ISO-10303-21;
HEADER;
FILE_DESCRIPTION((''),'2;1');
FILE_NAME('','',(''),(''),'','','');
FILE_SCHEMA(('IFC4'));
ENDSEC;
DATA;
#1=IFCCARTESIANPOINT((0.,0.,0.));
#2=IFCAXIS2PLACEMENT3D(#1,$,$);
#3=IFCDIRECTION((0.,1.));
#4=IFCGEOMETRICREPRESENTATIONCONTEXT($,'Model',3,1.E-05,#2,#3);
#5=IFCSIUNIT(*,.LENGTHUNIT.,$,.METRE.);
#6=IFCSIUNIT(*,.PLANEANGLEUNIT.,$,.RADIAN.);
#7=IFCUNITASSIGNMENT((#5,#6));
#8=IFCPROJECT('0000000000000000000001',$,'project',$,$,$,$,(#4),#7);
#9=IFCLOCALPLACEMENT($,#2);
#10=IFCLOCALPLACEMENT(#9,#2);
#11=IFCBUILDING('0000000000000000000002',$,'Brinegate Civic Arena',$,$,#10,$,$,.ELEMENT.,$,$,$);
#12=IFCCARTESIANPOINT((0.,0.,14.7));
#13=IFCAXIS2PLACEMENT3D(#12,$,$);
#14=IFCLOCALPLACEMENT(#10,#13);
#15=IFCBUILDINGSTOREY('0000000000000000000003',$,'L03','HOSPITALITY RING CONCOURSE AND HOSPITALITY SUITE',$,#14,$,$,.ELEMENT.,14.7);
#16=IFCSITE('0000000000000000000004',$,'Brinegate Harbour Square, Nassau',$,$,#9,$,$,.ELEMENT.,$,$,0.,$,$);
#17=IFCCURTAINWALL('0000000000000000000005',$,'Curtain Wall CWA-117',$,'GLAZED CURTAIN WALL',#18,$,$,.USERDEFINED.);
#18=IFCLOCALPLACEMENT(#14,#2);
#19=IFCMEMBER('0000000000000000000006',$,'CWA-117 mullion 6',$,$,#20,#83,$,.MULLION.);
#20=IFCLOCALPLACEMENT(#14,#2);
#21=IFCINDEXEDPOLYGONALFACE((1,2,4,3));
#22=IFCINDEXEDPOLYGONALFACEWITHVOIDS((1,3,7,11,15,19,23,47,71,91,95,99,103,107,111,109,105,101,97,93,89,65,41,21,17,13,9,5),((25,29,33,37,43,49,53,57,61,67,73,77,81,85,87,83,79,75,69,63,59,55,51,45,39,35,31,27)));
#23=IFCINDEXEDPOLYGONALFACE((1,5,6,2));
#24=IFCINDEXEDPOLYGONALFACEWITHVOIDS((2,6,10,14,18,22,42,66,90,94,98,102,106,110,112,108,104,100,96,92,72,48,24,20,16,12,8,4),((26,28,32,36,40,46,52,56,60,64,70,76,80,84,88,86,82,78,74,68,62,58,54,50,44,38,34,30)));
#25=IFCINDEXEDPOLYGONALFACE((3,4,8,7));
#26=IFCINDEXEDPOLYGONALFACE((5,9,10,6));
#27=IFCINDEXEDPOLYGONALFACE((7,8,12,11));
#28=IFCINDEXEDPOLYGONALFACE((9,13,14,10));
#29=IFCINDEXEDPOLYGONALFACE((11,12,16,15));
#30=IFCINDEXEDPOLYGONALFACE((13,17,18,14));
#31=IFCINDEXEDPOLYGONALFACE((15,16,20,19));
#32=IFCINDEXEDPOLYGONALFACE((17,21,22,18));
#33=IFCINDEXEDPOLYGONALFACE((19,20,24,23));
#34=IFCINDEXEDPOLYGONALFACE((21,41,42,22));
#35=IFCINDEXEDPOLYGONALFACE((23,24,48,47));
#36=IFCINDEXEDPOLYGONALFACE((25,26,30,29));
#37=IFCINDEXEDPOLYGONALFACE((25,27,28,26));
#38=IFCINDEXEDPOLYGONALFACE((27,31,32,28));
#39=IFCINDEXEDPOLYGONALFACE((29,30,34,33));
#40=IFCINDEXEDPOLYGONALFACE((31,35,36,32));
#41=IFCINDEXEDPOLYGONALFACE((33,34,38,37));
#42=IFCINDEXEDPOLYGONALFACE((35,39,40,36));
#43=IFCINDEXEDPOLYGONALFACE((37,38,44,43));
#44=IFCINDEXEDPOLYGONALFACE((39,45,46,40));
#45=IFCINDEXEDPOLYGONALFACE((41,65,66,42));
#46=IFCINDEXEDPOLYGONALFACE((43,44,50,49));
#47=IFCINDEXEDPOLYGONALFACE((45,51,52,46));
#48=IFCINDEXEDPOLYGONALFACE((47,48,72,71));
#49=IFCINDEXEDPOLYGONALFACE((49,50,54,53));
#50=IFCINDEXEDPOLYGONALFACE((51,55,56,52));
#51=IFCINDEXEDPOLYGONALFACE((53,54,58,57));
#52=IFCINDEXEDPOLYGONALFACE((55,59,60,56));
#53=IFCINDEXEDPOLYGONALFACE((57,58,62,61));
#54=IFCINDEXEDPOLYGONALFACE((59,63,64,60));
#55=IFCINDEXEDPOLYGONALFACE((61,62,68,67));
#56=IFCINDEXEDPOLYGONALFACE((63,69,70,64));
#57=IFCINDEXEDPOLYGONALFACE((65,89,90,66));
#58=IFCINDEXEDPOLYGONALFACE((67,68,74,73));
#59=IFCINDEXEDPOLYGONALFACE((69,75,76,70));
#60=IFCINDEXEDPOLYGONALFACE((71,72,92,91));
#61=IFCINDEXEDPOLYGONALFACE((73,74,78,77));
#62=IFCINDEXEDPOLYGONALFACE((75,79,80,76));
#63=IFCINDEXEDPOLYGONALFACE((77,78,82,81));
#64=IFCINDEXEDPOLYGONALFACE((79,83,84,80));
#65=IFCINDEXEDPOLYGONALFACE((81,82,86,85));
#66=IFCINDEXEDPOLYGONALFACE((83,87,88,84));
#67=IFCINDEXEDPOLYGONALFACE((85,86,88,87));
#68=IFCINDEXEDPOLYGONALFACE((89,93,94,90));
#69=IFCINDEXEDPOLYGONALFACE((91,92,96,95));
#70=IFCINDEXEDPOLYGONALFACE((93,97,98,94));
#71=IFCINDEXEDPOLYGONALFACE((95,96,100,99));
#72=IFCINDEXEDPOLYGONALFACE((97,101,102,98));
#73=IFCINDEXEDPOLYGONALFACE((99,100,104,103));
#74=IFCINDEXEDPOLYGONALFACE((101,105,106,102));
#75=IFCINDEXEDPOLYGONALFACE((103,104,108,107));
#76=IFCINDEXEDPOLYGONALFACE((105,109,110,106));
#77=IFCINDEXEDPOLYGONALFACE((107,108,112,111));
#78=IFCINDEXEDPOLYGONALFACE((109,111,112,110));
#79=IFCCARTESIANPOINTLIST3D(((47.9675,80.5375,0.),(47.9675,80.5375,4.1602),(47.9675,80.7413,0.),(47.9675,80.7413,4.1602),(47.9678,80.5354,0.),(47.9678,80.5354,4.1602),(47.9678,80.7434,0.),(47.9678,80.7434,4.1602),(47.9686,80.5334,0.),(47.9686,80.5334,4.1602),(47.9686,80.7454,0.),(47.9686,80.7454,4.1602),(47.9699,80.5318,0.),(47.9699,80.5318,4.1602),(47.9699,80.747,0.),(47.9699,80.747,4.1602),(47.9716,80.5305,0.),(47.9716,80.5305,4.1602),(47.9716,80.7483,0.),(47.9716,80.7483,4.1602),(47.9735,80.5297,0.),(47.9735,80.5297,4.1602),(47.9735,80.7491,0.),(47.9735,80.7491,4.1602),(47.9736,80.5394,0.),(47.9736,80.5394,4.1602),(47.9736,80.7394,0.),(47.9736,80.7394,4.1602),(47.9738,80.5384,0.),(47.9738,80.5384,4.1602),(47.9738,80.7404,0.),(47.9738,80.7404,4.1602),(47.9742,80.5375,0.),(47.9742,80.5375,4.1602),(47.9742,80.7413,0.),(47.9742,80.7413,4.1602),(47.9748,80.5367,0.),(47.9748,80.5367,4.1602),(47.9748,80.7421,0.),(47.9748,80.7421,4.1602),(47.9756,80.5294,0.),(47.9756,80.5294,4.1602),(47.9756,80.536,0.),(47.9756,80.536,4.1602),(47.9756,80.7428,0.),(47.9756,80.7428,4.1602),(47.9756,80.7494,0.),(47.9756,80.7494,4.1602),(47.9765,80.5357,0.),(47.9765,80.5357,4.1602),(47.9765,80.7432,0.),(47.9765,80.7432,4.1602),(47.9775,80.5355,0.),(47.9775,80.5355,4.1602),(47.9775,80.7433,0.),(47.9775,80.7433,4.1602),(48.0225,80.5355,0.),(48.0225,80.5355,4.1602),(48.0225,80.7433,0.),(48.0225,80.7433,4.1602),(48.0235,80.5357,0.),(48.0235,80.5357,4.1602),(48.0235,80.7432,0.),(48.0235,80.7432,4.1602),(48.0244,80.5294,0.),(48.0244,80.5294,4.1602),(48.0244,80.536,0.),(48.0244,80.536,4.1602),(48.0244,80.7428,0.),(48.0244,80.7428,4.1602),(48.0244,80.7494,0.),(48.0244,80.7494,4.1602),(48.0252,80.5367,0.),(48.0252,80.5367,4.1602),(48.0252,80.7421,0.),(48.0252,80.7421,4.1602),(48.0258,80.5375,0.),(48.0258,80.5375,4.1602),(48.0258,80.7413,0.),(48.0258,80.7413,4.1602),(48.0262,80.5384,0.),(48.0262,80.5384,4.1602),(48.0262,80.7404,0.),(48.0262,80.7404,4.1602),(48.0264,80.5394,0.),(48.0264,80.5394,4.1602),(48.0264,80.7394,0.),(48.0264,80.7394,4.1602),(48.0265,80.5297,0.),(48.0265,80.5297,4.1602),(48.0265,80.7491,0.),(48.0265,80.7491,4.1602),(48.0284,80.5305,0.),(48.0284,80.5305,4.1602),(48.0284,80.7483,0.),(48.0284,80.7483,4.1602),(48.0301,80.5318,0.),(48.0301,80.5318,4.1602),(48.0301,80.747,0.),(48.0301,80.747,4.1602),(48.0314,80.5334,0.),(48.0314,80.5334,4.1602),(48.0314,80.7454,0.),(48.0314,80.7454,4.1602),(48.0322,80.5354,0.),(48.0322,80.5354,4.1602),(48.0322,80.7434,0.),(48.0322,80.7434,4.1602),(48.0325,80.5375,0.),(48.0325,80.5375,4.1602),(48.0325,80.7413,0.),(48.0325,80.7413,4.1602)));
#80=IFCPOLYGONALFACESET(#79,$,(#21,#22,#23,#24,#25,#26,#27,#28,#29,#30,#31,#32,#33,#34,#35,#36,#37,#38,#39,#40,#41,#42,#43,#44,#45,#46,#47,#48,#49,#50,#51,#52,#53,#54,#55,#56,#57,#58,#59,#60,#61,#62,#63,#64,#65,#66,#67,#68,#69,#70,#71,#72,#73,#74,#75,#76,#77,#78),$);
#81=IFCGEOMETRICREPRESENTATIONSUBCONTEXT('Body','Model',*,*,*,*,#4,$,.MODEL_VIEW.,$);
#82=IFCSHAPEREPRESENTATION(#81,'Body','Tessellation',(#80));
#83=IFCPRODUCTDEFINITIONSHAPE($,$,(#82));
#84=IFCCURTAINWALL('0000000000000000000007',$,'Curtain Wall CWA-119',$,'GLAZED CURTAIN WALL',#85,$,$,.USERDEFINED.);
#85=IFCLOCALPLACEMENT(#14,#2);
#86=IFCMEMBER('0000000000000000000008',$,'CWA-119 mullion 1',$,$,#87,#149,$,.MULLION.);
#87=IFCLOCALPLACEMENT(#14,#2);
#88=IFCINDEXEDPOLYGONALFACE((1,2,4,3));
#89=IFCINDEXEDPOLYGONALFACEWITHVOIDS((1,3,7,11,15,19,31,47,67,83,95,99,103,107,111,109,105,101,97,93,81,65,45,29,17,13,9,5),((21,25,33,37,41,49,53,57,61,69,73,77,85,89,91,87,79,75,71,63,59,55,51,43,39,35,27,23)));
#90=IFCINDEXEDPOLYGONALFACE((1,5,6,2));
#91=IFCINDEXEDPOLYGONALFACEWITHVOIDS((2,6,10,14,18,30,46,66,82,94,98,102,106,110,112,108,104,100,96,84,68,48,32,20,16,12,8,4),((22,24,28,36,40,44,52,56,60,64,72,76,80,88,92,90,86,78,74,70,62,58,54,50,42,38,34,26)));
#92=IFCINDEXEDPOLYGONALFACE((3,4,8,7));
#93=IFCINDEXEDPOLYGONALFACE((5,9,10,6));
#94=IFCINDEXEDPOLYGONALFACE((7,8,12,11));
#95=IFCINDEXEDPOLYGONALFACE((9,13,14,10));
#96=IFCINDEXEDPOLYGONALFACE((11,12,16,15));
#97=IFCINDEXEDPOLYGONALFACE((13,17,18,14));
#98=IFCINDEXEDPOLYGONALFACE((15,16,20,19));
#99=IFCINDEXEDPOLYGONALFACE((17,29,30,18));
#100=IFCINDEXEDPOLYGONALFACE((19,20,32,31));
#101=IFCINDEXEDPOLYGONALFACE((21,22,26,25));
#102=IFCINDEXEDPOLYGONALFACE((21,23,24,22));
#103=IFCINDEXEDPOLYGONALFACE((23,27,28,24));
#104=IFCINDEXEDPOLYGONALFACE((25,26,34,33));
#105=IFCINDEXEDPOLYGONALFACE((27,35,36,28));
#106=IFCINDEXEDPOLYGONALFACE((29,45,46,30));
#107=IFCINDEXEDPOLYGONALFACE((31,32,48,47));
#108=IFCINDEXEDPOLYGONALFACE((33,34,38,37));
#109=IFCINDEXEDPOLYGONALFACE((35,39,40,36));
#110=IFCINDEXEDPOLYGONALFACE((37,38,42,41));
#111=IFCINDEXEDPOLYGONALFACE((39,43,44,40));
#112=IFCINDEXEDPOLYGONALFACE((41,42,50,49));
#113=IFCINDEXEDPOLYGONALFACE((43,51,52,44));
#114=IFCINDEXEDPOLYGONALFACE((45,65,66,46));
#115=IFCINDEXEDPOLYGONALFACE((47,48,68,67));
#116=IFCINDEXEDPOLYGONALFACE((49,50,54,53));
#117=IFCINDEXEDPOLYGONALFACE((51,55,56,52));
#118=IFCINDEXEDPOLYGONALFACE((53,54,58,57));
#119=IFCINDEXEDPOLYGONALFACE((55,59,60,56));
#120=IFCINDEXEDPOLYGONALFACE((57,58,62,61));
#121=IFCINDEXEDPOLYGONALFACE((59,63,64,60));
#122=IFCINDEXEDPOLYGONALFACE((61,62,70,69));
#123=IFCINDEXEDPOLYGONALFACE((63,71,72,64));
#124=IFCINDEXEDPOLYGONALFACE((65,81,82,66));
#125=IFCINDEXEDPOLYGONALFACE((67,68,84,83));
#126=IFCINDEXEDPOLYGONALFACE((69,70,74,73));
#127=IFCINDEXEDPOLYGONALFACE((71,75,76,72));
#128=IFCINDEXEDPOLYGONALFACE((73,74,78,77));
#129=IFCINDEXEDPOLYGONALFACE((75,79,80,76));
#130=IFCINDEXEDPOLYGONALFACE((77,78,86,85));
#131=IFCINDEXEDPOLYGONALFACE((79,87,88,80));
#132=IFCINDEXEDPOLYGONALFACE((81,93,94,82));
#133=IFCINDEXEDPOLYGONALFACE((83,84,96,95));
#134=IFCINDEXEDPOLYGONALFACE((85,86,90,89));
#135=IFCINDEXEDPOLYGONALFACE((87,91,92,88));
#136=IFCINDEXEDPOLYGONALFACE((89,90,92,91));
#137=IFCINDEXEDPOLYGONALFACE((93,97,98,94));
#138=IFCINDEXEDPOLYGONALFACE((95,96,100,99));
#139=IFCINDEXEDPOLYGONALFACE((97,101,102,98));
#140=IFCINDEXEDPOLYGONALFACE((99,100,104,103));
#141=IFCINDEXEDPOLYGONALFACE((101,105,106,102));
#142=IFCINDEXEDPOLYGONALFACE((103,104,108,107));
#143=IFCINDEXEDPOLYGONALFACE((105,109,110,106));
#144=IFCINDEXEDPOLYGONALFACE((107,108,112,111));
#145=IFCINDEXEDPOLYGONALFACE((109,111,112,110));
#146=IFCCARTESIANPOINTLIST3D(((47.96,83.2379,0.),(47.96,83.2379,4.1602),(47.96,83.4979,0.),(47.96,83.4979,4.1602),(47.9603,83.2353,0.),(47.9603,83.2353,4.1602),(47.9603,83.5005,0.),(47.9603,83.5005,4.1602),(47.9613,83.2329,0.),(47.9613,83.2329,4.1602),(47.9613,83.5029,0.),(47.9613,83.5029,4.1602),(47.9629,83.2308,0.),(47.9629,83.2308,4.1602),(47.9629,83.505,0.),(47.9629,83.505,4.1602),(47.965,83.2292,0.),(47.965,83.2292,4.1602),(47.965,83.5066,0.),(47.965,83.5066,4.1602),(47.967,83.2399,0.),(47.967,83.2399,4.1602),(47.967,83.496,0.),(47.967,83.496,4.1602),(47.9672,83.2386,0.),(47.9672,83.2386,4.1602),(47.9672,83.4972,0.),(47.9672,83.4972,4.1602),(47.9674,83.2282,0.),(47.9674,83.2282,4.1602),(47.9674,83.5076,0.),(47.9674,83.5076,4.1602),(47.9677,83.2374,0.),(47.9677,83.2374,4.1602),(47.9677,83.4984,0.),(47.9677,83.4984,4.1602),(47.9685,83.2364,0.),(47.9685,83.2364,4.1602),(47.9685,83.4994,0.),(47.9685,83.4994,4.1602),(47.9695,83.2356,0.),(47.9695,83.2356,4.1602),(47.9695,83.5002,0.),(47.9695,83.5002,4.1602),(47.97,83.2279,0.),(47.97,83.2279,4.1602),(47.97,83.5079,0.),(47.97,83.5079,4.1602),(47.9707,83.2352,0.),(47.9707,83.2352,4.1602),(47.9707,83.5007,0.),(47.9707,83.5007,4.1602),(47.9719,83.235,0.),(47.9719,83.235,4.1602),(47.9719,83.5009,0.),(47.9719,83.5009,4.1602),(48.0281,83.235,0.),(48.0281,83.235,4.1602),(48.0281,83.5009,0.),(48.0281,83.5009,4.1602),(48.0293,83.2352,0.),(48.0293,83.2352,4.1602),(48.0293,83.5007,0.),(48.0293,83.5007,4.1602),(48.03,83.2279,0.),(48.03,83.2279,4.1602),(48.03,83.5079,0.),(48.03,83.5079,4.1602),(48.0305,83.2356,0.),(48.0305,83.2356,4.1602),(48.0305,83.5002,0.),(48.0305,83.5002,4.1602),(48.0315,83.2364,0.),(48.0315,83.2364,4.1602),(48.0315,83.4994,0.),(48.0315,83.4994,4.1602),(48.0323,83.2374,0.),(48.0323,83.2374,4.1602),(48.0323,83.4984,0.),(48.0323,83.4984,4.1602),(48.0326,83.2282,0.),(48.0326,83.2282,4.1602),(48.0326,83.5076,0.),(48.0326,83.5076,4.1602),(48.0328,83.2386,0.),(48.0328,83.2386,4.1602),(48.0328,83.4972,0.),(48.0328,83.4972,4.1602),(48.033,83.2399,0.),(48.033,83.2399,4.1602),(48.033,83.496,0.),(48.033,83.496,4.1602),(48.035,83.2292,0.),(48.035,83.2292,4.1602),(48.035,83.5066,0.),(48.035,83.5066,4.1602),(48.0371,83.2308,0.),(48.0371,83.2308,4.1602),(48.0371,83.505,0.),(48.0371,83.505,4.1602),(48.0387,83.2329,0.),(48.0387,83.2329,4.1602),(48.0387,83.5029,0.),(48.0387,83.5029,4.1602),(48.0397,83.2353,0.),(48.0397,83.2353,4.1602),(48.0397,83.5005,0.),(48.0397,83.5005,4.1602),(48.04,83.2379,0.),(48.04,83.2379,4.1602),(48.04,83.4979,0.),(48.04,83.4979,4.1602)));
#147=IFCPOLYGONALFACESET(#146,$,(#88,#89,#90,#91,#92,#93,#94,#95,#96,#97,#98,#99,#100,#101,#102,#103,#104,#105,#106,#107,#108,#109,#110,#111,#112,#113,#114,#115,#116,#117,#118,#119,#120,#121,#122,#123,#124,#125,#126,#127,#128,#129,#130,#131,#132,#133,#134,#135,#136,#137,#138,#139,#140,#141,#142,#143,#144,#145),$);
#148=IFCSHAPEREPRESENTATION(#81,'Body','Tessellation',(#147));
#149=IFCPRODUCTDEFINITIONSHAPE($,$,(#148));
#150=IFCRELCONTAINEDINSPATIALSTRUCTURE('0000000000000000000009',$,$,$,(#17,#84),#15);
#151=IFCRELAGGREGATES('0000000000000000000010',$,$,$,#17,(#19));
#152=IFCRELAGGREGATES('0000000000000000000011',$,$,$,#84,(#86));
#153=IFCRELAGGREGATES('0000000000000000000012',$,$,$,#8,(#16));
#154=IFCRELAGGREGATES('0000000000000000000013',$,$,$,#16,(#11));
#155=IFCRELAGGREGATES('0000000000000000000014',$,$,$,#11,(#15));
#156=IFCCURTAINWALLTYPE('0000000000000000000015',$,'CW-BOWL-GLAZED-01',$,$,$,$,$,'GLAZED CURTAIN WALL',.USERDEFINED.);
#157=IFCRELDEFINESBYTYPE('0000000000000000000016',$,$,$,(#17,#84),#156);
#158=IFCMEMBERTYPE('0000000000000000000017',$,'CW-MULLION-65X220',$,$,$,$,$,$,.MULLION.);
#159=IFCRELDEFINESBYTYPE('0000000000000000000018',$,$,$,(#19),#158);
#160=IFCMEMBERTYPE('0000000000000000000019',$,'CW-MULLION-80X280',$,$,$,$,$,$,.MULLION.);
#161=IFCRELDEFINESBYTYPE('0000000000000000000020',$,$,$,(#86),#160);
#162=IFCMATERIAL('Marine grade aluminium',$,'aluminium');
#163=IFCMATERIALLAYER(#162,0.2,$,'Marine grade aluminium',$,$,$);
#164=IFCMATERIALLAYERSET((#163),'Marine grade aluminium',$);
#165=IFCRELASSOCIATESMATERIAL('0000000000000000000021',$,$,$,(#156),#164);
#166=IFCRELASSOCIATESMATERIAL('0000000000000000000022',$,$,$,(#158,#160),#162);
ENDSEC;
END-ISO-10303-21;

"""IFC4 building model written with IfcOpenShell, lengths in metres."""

from ifc_helpers import new_model, si_unit, direction, frame, origin, origin_2d, place, context, subcontext, project, spatial, hollow_rectangle, extrude, material, layer, layer_set, material_profile, profile_set, type_object, element, aggregate, save


model = new_model("IFC4")

# Units and contexts
model_context = context("Model", 3, precision=1e-05, world=origin(), true_north=direction((0.0, 1.0)))
body_context = subcontext(model_context, "Body", "Model", "MODEL_VIEW")
ifc_project = project(units=[si_unit("LENGTHUNIT", "METRE"), si_unit("PLANEANGLEUNIT", "RADIAN")], contexts=[model_context])

# Site, building, storey
site_placement = place(None, origin())
site = spatial("IfcSite", under=ifc_project, at=site_placement, Name="Brinegate Harbour Square, Nassau", CompositionType="ELEMENT", RefElevation=0.0)
building_placement = place(site_placement, origin())
building = spatial("IfcBuilding", under=site, at=building_placement, Name="Brinegate Civic Arena", CompositionType="ELEMENT")
storey_placement = place(building_placement, frame((0.0, 0.0, 14.7)))
storey = spatial("IfcBuildingStorey", under=building, at=storey_placement, Name="L03", Description="HOSPITALITY RING CONCOURSE AND HOSPITALITY SUITE", CompositionType="ELEMENT", Elevation=14.7)

# Curtain walls, members
ifc_material_1 = material(Name="Marine grade aluminium", Category="aluminium")
ifc_layer_1 = layer(ifc_material_1, 0.2, Name="Marine grade aluminium")
ifc_layer_set_1 = layer_set([ifc_layer_1], Name="Marine grade aluminium")
curtain_wall_type = type_object("IfcCurtainWallType", Name="CW-BOWL-GLAZED-01", ElementType="GLAZED CURTAIN WALL", PredefinedType="USERDEFINED", material=ifc_layer_set_1)
curtain_wall_1_placement = place(storey_placement, origin())
curtain_wall_1 = element("IfcCurtainWall", 1, at=curtain_wall_1_placement, inside=storey, type_object=curtain_wall_type, Name="Curtain Wall CWA-117", ObjectType="GLAZED CURTAIN WALL", PredefinedType="USERDEFINED")
ifc_material_profile_1 = material_profile(ifc_material_1, hollow_rectangle(XDim=0.0649, YDim=0.22, WallThickness=0.0061, InnerFilletRadius=0.0039, OuterFilletRadius=0.0081, at=origin_2d()), Name="MUL65X220")
ifc_profile_set_1 = profile_set([ifc_material_profile_1], Name="Marine grade aluminium")
member_type_1 = type_object("IfcMemberType", Name="CW-MULLION-65X220", PredefinedType="MULLION", material=ifc_profile_set_1)
member_1_placement = place(storey_placement, frame((48.0, 80.6394, 0.0), z_axis=(0.0, 0.0, 1.0), x_axis=(-1.0, 0.0, 0.0)))
member_1 = element("IfcMember", 2, at=member_1_placement, type_object=member_type_1, Name="CWA-117 mullion 6", PredefinedType="MULLION", context=body_context, shape_type="SweptSolid", body=[
    extrude(hollow_rectangle(XDim=0.0649, YDim=0.22, WallThickness=0.0061, InnerFilletRadius=0.0039, OuterFilletRadius=0.0081, at=origin_2d()), origin(), (0.0, 0.0, 1.0), 4.1602),
])
curtain_wall_2_placement = place(storey_placement, origin())
curtain_wall_2 = element("IfcCurtainWall", 3, at=curtain_wall_2_placement, inside=storey, type_object=curtain_wall_type, Name="Curtain Wall CWA-119", ObjectType="GLAZED CURTAIN WALL", PredefinedType="USERDEFINED")
ifc_material_profile_2 = material_profile(ifc_material_1, hollow_rectangle(XDim=0.0801, YDim=0.28, WallThickness=0.0071, InnerFilletRadius=0.0049, OuterFilletRadius=0.01, at=origin_2d()), Name="MUL80X280")
ifc_profile_set_2 = profile_set([ifc_material_profile_2], Name="Marine grade aluminium")
member_type_2 = type_object("IfcMemberType", Name="CW-MULLION-80X280", PredefinedType="MULLION", material=ifc_profile_set_2)
member_2_placement = place(storey_placement, frame((48.0, 83.3679, 0.0), z_axis=(0.0, 0.0, 1.0), x_axis=(-1.0, 0.0, 0.0)))
member_2 = element("IfcMember", 4, at=member_2_placement, type_object=member_type_2, Name="CWA-119 mullion 1", PredefinedType="MULLION", context=body_context, shape_type="SweptSolid", body=[
    extrude(hollow_rectangle(XDim=0.0801, YDim=0.28, WallThickness=0.0071, InnerFilletRadius=0.0049, OuterFilletRadius=0.01, at=origin_2d()), origin(), (0.0, 0.0, 1.0), 4.1602),
])

aggregate(curtain_wall_1, [member_1])
aggregate(curtain_wall_2, [member_2])

save(model, "model.ifc")
